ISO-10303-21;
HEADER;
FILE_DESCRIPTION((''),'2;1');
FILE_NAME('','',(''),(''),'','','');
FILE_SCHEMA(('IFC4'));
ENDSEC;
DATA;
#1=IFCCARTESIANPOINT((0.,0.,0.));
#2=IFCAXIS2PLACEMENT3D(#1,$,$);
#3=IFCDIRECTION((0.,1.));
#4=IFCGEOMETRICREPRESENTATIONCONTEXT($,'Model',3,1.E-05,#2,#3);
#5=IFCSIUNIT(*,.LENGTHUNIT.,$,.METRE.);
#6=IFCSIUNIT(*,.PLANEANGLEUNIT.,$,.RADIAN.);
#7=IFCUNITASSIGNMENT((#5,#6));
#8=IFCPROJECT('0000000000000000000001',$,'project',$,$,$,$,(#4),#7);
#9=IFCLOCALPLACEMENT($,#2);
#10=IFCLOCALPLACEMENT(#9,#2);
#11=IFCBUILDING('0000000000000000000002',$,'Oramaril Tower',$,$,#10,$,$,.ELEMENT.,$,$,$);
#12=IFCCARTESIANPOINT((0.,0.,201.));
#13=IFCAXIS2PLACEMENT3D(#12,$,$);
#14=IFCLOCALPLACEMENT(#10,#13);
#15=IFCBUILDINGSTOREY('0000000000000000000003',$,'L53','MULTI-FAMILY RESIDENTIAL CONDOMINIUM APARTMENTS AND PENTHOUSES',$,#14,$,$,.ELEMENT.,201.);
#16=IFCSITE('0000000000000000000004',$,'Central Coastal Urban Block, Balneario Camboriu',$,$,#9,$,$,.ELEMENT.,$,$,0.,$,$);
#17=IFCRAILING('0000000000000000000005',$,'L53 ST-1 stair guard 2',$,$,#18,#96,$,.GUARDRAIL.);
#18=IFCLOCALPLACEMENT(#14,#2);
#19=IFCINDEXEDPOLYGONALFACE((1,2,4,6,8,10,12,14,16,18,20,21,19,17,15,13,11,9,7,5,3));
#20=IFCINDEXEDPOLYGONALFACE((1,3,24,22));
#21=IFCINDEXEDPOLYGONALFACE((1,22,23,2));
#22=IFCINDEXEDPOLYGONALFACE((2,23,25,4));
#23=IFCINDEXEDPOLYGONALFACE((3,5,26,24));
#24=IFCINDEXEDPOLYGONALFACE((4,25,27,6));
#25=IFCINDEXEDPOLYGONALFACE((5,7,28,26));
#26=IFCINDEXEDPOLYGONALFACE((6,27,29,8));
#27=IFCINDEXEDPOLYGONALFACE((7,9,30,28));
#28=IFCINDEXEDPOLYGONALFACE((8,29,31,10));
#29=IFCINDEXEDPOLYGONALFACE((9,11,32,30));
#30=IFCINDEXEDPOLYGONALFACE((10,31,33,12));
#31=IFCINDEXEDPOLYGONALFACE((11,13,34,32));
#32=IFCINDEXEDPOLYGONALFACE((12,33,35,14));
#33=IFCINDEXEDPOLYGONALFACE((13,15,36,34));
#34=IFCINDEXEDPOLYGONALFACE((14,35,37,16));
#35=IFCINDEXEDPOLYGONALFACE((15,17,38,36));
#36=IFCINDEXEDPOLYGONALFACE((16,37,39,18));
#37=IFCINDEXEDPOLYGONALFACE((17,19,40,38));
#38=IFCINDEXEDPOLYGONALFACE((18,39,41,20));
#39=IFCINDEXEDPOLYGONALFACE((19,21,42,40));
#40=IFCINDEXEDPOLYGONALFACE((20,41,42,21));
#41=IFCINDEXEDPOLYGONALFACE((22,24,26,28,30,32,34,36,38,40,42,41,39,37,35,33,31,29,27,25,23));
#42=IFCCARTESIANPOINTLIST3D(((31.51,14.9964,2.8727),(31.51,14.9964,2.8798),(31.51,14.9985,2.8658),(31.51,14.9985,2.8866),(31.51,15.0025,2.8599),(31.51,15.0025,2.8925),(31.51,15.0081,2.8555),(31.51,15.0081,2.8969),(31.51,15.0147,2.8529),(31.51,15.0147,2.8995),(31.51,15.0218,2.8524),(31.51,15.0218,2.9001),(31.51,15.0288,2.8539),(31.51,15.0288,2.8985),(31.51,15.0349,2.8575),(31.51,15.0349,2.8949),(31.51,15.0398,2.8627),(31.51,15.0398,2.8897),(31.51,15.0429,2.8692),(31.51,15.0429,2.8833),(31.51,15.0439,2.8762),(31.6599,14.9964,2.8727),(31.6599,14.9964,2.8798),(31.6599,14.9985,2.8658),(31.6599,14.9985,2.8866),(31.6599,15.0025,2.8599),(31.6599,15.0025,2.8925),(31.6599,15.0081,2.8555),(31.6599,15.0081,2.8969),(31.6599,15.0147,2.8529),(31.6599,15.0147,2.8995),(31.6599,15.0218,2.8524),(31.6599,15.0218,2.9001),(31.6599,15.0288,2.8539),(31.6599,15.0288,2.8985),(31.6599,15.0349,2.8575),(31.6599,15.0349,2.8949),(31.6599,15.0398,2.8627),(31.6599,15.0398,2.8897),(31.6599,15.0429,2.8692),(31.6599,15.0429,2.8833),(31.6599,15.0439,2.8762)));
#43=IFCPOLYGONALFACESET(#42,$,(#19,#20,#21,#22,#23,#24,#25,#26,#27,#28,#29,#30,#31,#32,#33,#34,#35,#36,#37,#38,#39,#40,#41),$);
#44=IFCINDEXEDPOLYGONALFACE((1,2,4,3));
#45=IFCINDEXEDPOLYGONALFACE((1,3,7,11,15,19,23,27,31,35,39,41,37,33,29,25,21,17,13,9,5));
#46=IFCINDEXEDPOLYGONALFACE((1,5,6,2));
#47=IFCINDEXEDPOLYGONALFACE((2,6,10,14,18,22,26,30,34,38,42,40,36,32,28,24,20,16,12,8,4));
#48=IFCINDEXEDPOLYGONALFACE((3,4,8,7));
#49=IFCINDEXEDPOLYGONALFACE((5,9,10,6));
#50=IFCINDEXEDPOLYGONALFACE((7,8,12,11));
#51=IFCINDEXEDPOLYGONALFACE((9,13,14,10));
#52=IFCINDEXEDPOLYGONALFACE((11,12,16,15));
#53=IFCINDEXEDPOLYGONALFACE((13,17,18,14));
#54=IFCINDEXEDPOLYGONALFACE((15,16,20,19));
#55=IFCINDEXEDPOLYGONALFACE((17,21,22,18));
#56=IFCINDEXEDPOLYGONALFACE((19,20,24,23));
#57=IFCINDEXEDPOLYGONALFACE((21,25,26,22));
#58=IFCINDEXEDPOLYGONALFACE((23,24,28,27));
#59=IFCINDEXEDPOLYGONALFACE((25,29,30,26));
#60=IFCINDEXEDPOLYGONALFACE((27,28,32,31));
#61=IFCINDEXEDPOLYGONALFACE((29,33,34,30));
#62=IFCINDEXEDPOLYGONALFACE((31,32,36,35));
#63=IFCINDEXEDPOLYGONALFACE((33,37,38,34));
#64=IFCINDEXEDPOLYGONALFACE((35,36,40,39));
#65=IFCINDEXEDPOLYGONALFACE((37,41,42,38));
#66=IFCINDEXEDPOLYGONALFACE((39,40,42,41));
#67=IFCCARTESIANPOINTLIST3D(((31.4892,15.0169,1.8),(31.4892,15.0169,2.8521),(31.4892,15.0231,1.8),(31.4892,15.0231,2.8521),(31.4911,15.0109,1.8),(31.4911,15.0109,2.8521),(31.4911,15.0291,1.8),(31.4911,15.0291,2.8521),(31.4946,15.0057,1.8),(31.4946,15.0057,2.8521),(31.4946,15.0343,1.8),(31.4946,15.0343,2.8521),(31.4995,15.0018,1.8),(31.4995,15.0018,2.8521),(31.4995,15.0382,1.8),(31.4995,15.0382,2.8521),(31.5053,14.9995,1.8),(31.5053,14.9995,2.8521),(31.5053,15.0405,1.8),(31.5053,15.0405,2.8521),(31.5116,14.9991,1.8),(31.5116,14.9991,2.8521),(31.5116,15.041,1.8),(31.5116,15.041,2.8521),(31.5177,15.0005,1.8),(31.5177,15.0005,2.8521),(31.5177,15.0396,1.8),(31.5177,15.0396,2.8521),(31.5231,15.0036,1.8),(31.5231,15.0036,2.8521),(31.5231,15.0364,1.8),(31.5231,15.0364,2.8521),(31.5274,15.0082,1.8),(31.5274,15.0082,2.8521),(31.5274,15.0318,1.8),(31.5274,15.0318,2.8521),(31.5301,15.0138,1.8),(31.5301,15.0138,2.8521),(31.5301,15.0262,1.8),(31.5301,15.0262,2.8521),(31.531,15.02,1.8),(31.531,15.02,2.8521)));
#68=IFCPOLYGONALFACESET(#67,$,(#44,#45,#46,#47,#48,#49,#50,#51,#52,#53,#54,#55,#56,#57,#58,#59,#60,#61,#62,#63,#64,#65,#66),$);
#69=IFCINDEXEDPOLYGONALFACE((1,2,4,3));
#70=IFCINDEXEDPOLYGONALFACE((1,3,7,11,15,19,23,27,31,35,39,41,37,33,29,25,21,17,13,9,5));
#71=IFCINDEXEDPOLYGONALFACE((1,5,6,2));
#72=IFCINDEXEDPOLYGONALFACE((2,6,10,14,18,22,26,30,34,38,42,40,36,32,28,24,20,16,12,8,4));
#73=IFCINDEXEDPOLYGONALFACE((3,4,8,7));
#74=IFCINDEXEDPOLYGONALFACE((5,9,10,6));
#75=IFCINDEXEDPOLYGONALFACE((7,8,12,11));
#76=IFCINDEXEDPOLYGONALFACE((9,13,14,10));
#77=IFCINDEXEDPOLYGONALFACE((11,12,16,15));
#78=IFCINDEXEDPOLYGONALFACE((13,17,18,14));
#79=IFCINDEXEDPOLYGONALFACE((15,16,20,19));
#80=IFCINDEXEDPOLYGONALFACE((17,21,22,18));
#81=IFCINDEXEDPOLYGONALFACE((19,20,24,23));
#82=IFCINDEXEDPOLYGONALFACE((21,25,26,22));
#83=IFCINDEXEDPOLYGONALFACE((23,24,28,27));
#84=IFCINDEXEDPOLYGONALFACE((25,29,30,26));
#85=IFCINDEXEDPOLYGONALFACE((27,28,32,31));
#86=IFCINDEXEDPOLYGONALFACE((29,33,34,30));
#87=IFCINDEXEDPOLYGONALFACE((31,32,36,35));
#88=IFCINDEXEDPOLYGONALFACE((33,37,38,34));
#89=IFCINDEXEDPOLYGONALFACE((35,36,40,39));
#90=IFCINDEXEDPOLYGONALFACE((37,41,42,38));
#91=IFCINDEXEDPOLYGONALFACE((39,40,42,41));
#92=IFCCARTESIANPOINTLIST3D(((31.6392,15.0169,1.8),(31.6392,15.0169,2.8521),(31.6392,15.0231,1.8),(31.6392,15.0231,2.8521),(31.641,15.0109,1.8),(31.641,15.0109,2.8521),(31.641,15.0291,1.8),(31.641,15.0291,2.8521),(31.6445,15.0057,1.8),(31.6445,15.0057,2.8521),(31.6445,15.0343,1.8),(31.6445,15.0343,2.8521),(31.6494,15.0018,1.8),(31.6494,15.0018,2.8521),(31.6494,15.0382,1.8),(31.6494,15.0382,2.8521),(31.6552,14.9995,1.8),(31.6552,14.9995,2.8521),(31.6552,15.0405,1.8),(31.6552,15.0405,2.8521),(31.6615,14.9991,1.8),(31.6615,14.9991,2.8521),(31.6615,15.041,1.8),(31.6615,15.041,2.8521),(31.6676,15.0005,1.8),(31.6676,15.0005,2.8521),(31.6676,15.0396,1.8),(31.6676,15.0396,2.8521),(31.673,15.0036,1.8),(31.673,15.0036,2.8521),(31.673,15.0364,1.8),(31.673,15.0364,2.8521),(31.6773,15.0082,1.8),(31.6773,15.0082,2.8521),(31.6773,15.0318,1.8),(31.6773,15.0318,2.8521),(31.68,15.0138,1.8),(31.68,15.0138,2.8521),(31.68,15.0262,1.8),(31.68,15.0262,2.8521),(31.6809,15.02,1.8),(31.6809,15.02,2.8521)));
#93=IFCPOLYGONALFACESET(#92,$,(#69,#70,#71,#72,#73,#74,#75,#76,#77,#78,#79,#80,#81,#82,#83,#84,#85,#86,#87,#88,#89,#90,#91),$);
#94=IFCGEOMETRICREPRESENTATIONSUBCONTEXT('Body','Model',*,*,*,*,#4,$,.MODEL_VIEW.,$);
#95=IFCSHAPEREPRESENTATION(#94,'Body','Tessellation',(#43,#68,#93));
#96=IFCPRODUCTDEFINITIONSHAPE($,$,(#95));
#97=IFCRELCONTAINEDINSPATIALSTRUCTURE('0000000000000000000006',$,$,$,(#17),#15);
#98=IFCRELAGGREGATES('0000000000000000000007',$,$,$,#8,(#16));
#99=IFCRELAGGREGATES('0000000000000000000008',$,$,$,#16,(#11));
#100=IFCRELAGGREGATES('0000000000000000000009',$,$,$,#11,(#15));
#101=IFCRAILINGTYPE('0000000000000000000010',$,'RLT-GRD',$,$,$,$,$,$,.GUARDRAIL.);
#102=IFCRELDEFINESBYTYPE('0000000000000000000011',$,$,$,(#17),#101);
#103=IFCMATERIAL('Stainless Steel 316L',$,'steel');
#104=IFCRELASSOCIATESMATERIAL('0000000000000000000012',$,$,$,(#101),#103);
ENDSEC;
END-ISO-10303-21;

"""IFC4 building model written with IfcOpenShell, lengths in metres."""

from ifc_helpers import new_model, si_unit, direction, frame, origin, origin_2d, place, context, subcontext, project, spatial, circle, extrude, material, type_object, element, save


model = new_model("IFC4")

# Units and contexts
model_context = context("Model", 3, precision=1e-05, world=origin(), true_north=direction((0.0, 1.0)))
body_context = subcontext(model_context, "Body", "Model", "MODEL_VIEW")
ifc_project = project(units=[si_unit("LENGTHUNIT", "METRE"), si_unit("PLANEANGLEUNIT", "RADIAN")], contexts=[model_context])

# Site, building, storey
site_placement = place(None, origin())
site = spatial("IfcSite", under=ifc_project, at=site_placement, Name="Central Coastal Urban Block, Balneario Camboriu", CompositionType="ELEMENT", RefElevation=0.0)
building_placement = place(site_placement, origin())
building = spatial("IfcBuilding", under=site, at=building_placement, Name="Oramaril Tower", CompositionType="ELEMENT")
storey_placement = place(building_placement, frame((0.0, 0.0, 201.0)))
storey = spatial("IfcBuildingStorey", under=building, at=storey_placement, Name="L53", Description="MULTI-FAMILY RESIDENTIAL CONDOMINIUM APARTMENTS AND PENTHOUSES", CompositionType="ELEMENT", Elevation=201.0)

# Railing
ifc_material_1 = material(Name="Stainless Steel 316L", Category="steel")
railing_type_1 = type_object("IfcRailingType", Name="RLT-GRD", PredefinedType="GUARDRAIL", material=ifc_material_1)
railing_1_placement = place(storey_placement, frame((31.51, 15.02, 1.8)))
element("IfcRailing", 1, at=railing_1_placement, inside=storey, type_object=railing_type_1, Name="L53 ST-1 stair guard 2", PredefinedType="GUARDRAIL", context=body_context, shape_type="SweptSolid", body=[
    extrude(circle(Radius=0.0239, at=origin_2d()), frame((0.0, 0.0, 1.0762), z_axis=(1.0, 0.0, 0.0), x_axis=(0.0, 1.0, 0.0)), (0.0, 0.0, 1.0), 0.1499),
    extrude(circle(Radius=0.021, at=origin_2d()), origin(), (0.0, 0.0, 1.0), 1.052),
    extrude(circle(Radius=0.021, at=origin_2d()), frame((0.1499, 0.0, 0.0)), (0.0, 0.0, 1.0), 1.052),
])

save(model, "model.ifc")
